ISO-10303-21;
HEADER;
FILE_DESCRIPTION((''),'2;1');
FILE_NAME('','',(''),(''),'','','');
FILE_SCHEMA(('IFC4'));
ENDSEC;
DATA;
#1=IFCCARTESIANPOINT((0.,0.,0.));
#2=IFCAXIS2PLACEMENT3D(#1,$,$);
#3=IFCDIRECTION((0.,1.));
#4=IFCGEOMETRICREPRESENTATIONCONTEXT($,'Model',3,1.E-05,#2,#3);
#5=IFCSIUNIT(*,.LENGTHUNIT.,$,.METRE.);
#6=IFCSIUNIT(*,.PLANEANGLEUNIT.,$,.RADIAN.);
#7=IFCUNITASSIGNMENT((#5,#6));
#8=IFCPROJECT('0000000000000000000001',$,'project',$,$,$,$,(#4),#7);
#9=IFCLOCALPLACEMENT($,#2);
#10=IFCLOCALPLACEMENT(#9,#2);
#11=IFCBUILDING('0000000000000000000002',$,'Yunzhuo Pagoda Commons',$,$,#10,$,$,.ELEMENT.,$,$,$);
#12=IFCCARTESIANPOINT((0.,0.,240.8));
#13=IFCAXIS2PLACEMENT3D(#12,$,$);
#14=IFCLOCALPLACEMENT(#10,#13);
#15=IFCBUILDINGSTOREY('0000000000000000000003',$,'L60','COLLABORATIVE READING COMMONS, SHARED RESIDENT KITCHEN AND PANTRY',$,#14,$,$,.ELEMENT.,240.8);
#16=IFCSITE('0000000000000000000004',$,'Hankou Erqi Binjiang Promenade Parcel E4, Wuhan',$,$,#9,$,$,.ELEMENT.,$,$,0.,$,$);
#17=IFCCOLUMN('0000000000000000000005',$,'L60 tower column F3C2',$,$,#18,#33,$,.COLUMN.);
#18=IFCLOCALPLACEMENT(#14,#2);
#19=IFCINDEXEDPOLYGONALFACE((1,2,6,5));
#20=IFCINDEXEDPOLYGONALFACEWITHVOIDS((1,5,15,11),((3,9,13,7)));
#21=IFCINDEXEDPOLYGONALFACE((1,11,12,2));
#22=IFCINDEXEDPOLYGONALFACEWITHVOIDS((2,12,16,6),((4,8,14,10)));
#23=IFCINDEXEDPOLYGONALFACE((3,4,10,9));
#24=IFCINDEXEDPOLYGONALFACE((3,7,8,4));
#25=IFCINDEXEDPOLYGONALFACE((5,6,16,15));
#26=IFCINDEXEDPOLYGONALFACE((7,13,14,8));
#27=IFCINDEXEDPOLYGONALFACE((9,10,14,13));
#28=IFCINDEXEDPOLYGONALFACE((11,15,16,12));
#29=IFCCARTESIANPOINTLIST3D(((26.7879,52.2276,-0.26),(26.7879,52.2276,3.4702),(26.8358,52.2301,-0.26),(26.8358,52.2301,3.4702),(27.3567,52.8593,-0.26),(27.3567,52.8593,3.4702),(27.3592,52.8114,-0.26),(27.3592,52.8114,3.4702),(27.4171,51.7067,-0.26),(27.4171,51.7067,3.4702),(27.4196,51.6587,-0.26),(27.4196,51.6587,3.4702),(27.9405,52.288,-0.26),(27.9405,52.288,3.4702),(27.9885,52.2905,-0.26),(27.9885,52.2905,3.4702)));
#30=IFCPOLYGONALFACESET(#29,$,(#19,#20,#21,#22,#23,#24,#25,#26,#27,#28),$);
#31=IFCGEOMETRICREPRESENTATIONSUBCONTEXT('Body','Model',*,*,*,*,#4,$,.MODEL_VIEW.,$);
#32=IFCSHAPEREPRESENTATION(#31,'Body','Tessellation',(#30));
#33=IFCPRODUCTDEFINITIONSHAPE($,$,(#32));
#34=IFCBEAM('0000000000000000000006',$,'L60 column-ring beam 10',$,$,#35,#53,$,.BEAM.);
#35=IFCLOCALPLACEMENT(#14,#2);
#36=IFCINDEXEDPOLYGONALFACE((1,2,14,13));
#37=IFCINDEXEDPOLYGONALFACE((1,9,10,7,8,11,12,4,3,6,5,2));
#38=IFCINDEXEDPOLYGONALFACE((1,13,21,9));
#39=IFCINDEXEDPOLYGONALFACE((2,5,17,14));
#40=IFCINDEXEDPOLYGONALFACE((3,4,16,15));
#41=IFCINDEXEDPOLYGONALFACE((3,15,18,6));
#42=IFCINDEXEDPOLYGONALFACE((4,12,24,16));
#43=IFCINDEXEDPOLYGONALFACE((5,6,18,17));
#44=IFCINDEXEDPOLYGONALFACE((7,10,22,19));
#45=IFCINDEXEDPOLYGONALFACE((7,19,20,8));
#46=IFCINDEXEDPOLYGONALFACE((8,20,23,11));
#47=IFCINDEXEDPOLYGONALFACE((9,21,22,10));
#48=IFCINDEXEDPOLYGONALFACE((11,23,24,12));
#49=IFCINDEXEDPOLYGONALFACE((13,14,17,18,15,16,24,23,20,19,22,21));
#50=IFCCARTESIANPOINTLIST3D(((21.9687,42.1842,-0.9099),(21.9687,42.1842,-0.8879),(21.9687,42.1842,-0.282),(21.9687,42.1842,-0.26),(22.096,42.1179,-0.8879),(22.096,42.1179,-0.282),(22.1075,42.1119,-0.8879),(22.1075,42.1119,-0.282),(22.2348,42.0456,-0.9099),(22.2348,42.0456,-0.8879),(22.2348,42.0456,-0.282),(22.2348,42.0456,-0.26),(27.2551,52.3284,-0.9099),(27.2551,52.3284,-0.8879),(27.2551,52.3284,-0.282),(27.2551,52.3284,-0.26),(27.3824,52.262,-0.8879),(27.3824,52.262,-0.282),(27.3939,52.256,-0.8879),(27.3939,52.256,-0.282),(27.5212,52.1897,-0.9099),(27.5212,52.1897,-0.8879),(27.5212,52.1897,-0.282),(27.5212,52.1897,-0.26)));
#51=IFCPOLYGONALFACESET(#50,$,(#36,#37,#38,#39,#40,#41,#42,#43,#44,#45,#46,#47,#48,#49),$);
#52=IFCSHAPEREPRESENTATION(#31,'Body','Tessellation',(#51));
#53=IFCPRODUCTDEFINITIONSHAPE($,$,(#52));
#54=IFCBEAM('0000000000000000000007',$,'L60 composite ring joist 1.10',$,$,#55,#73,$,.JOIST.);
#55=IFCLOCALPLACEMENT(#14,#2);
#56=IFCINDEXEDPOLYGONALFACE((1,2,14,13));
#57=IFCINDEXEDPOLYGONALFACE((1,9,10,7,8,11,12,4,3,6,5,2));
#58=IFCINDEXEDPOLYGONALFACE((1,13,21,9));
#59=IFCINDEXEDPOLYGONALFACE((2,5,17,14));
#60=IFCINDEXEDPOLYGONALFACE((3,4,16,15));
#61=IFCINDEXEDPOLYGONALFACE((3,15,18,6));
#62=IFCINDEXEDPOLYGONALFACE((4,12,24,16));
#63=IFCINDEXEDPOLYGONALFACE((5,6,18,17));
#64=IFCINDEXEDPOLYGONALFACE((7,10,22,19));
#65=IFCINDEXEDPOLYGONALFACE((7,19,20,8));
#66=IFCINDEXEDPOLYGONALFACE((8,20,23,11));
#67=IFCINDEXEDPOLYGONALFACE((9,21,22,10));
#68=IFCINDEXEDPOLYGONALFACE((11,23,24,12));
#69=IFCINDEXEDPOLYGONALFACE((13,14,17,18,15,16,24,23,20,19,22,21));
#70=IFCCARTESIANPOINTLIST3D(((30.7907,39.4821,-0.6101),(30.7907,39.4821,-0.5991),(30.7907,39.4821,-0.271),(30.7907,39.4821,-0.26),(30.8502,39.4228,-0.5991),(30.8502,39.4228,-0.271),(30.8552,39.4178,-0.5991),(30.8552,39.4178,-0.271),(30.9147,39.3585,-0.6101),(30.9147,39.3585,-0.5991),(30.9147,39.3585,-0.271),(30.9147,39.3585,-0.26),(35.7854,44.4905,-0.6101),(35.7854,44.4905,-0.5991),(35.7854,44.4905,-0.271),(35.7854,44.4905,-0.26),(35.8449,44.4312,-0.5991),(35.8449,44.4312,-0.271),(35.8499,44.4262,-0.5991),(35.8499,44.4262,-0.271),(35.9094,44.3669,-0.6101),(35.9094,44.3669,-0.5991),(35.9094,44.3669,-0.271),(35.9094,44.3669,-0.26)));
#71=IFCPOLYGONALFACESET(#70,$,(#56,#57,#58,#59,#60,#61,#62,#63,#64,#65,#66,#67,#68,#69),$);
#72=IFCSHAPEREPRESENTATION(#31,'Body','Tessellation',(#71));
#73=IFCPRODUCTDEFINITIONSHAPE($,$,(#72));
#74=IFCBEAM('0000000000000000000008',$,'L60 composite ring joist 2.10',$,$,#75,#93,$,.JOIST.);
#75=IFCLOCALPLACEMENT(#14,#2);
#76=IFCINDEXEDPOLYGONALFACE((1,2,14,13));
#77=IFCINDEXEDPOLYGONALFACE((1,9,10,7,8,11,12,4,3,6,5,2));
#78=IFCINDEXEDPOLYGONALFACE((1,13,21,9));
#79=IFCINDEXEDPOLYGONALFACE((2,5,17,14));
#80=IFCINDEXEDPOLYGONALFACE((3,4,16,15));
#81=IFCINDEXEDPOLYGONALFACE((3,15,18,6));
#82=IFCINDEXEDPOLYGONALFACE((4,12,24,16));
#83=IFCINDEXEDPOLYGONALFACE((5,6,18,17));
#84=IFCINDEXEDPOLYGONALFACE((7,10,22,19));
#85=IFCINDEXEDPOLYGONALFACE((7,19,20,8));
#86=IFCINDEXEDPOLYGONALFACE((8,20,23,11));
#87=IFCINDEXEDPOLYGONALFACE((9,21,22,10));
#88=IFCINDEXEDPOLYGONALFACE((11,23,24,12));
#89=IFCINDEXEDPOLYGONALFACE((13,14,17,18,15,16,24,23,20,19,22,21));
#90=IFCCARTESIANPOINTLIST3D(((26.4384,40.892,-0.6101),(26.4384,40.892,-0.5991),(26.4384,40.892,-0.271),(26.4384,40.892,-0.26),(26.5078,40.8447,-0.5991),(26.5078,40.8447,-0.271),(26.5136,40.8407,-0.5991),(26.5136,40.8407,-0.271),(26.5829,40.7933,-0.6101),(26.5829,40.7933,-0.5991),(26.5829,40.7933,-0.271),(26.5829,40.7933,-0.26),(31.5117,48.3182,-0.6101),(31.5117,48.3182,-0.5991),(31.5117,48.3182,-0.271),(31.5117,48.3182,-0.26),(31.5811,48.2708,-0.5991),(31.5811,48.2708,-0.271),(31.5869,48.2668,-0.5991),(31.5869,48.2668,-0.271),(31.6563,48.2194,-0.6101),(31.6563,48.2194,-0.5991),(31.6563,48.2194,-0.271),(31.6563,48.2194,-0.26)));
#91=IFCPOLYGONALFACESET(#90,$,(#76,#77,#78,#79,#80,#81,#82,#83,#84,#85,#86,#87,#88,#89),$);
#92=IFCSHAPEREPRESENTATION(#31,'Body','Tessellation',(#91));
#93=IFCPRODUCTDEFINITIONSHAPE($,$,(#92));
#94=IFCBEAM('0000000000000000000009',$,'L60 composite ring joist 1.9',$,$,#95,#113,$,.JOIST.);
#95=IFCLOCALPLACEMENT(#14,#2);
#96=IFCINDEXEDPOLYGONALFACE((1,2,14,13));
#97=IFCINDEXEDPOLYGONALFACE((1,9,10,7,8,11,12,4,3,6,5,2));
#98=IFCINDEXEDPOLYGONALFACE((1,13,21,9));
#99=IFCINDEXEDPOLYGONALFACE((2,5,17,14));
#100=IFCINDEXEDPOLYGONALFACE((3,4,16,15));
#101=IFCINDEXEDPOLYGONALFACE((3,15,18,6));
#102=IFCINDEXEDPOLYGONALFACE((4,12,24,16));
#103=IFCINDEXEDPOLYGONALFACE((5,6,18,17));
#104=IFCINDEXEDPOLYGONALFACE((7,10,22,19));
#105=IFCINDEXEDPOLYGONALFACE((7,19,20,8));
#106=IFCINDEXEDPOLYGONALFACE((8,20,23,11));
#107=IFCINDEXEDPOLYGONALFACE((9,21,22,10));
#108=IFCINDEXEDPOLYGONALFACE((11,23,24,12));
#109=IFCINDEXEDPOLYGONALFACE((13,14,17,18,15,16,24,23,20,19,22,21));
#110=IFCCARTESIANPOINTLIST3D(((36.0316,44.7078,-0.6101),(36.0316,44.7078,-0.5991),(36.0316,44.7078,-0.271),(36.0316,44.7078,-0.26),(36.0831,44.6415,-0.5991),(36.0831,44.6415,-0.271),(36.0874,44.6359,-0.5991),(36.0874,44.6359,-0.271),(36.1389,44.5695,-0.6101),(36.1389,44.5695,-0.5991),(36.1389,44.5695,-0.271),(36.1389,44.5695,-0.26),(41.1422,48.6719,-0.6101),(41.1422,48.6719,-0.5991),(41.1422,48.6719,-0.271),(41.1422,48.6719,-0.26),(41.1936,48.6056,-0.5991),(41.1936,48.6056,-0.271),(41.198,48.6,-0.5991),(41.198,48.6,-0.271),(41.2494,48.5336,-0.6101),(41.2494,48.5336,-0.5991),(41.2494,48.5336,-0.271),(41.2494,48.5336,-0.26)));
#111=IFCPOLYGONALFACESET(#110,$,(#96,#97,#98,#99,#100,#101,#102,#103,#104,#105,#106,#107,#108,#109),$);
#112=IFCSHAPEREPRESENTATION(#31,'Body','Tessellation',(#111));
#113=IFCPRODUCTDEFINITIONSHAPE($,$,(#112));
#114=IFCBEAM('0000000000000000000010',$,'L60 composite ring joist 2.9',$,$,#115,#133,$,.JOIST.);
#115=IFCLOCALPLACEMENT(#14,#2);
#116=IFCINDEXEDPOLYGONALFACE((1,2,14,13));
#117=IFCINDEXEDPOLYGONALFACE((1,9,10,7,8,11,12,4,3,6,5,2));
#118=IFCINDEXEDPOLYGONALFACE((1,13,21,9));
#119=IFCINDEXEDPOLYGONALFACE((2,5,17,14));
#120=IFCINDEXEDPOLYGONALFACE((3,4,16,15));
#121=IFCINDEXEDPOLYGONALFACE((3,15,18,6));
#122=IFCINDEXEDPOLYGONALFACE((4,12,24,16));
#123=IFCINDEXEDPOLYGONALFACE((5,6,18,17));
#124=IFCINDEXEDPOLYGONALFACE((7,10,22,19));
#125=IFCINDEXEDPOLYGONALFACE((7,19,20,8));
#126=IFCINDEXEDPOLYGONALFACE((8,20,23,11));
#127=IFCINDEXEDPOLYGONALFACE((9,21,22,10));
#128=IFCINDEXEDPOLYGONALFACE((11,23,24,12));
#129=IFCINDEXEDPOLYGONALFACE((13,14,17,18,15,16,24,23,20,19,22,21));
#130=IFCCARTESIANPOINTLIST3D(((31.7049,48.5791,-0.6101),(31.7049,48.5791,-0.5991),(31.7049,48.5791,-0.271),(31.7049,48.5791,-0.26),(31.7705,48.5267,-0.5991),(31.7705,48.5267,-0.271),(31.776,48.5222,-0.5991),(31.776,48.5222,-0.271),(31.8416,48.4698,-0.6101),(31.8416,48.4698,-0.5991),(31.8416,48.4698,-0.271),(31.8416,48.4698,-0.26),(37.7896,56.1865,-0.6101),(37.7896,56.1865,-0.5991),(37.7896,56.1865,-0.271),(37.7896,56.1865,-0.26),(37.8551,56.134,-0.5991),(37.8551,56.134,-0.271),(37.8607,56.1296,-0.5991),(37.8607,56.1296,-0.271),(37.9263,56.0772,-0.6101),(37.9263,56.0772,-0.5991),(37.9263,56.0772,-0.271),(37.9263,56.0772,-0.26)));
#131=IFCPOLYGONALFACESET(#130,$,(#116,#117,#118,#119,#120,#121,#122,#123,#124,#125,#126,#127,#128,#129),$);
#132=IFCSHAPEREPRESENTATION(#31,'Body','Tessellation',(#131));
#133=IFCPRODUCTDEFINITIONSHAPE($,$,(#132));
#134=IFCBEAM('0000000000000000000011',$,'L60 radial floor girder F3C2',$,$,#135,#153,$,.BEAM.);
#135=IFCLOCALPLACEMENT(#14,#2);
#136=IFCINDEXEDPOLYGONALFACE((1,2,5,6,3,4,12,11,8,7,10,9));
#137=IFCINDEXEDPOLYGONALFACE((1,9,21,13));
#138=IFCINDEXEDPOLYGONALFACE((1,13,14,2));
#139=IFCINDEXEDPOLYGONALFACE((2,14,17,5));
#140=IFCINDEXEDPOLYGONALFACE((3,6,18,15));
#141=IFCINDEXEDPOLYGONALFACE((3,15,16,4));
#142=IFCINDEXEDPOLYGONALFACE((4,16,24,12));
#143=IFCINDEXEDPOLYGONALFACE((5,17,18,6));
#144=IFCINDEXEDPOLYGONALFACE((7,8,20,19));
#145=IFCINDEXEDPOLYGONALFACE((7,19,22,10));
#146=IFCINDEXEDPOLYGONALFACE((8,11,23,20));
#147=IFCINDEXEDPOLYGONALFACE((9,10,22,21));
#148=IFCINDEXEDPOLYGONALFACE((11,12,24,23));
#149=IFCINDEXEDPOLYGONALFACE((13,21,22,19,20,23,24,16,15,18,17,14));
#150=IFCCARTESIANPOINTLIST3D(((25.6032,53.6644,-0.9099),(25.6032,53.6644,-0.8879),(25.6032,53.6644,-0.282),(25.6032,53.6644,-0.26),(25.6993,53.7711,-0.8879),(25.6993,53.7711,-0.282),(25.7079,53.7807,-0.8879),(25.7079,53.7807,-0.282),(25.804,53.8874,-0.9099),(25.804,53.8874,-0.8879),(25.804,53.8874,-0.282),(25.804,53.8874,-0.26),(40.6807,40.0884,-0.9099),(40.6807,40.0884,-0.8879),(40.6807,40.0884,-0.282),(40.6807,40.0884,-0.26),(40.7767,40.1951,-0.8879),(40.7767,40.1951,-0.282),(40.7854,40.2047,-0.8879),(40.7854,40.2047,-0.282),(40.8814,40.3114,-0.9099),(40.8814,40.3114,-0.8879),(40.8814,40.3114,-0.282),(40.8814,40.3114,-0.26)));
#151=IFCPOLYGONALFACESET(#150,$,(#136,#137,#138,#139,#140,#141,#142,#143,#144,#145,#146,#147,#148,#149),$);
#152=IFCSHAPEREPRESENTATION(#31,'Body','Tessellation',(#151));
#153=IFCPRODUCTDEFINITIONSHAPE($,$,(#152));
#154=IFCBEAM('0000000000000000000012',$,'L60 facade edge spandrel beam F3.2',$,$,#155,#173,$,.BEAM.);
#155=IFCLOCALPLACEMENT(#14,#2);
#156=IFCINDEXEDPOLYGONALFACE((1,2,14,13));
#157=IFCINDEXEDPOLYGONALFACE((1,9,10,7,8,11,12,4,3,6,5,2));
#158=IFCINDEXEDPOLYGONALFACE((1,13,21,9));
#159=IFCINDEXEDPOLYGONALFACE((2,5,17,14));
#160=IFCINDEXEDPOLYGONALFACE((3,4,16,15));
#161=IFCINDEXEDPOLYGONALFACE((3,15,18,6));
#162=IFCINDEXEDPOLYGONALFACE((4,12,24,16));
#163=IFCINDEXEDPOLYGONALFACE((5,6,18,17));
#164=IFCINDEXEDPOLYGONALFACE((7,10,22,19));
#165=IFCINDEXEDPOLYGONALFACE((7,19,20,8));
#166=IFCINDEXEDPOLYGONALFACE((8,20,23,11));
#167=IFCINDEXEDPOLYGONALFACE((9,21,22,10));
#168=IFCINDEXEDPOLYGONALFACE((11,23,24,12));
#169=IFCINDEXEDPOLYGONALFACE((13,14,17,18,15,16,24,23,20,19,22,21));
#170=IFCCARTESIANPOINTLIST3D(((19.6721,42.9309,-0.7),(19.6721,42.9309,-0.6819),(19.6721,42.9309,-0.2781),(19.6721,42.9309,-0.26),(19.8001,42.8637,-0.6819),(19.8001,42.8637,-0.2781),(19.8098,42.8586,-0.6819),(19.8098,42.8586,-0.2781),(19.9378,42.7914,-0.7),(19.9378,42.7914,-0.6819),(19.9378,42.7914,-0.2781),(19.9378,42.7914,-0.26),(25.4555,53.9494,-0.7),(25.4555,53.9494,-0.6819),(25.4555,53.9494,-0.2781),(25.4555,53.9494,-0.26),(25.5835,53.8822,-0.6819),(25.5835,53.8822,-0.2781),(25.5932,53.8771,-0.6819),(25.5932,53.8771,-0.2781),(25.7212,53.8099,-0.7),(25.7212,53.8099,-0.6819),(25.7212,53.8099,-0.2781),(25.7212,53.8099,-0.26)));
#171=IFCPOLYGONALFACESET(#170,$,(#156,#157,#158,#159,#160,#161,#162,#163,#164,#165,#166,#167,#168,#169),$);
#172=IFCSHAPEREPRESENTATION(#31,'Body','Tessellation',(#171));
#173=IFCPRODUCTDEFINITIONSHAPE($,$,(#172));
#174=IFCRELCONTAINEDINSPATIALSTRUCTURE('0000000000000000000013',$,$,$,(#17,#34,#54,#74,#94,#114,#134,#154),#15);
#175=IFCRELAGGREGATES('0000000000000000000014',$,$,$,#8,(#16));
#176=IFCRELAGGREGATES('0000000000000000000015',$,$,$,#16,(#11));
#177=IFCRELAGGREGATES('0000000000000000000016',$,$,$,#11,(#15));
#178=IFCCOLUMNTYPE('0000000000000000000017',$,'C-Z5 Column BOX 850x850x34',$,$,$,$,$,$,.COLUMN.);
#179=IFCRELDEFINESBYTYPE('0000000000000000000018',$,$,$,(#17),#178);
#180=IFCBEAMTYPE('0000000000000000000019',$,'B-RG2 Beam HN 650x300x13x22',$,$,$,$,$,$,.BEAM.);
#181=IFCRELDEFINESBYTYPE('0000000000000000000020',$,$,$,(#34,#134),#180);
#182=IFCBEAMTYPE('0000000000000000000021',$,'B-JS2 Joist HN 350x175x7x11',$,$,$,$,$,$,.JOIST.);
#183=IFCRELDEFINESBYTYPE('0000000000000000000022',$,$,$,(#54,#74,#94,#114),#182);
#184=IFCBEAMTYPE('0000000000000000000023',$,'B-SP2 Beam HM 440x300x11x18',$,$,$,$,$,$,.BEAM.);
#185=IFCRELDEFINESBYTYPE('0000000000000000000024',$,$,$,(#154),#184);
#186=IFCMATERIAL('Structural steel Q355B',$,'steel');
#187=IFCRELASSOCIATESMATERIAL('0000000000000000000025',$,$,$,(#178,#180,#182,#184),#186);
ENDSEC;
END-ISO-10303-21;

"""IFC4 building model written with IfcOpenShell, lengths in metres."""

from ifc_helpers import new_model, si_unit, direction, frame, origin, origin_2d, place, context, subcontext, project, spatial, hollow_rectangle, i_section, extrude, source, transform, mapped, material, material_profile, profile_set, type_object, element, save


model = new_model("IFC4")

# Units and contexts
model_context = context("Model", 3, precision=1e-05, world=origin(), true_north=direction((0.0, 1.0)))
body_context = subcontext(model_context, "Body", "Model", "MODEL_VIEW")
ifc_project = project(units=[si_unit("LENGTHUNIT", "METRE"), si_unit("PLANEANGLEUNIT", "RADIAN")], contexts=[model_context])

# Site, building, storey
site_placement = place(None, origin())
site = spatial("IfcSite", under=ifc_project, at=site_placement, Name="Hankou Erqi Binjiang Promenade Parcel E4, Wuhan", CompositionType="ELEMENT", RefElevation=0.0)
building_placement = place(site_placement, origin())
building = spatial("IfcBuilding", under=site, at=building_placement, Name="Yunzhuo Pagoda Commons", CompositionType="ELEMENT")
storey_placement = place(building_placement, frame((0.0, 0.0, 240.8)))
storey = spatial("IfcBuildingStorey", under=building, at=storey_placement, Name="L60", Description="COLLABORATIVE READING COMMONS, SHARED RESIDENT KITCHEN AND PANTRY", CompositionType="ELEMENT", Elevation=240.8)

# Column
ifc_material_1 = material(Name="Structural steel Q355B", Category="steel")
ifc_material_profile_1 = material_profile(ifc_material_1, hollow_rectangle(XDim=0.8501, YDim=0.8501, WallThickness=0.0339, at=origin_2d()), Name="Structural steel Q355B")
ifc_profile_set_1 = profile_set([ifc_material_profile_1], Name="Structural steel Q355B")
column_type = type_object("IfcColumnType", Name="C-Z5 Column BOX 850x850x34", PredefinedType="COLUMN", material=ifc_profile_set_1)
shared_shape_1 = source(origin(), body_context, "Body", "SweptSolid", [
    extrude(hollow_rectangle(XDim=0.8501, YDim=0.8501, WallThickness=0.0339, at=origin_2d()), origin(), (0.0, 0.0, 1.0), 3.7302),
])
column_placement = place(storey_placement, frame((27.3882, 52.259, -0.26), z_axis=(0.0, 0.0, 1.0), x_axis=(-0.669131, -0.743145, 0.0)))
element("IfcColumn", 1, at=column_placement, inside=storey, type_object=column_type, Name="L60 tower column F3C2", PredefinedType="COLUMN", context=body_context, shape_type="MappedRepresentation", body=[
    mapped(shared_shape_1, transform((0.0, 0.0, 0.0), scale=1.0)),
])

# Beams
ifc_material_profile_2 = material_profile(ifc_material_1, i_section(OverallWidth=0.3, OverallDepth=0.6499, WebThickness=0.0129, FlangeThickness=0.022, at=origin_2d()), Name="Structural steel Q355B")
ifc_profile_set_2 = profile_set([ifc_material_profile_2], Name="Structural steel Q355B")
beam_type_1 = type_object("IfcBeamType", Name="B-RG2 Beam HN 650x300x13x22", PredefinedType="BEAM", material=ifc_profile_set_2)
shared_shape_2 = source(origin(), body_context, "Body", "SweptSolid", [
    extrude(i_section(OverallWidth=0.3, OverallDepth=0.6499, WebThickness=0.0129, FlangeThickness=0.022, at=origin_2d()), origin(), (0.0, 0.0, 1.0), 11.439),
])
beam_1_placement = place(storey_placement, frame((27.3882, 52.259, -0.585), z_axis=(-0.462142, -0.886806, 0.0), x_axis=(0.886806, -0.462142, 0.0)))
element("IfcBeam", 2, at=beam_1_placement, inside=storey, type_object=beam_type_1, Name="L60 column-ring beam 10", PredefinedType="BEAM", context=body_context, shape_type="MappedRepresentation", body=[
    mapped(shared_shape_2, transform((0.0, 0.0, 0.0), scale=1.0)),
])
ifc_material_profile_3 = material_profile(ifc_material_1, i_section(OverallWidth=0.175, OverallDepth=0.3501, WebThickness=0.0071, FlangeThickness=0.011, at=origin_2d()), Name="Structural steel Q355B")
ifc_profile_set_3 = profile_set([ifc_material_profile_3], Name="Structural steel Q355B")
beam_type_2 = type_object("IfcBeamType", Name="B-JS2 Joist HN 350x175x7x11", PredefinedType="JOIST", material=ifc_profile_set_3)
shared_shape_3 = source(origin(), body_context, "Body", "SweptSolid", [
    extrude(i_section(OverallWidth=0.175, OverallDepth=0.3501, WebThickness=0.0071, FlangeThickness=0.011, at=origin_2d()), origin(), (0.0, 0.0, 1.0), 7.0732),
])
beam_2_placement = place(storey_placement, frame((35.8474, 44.4287, -0.4351), z_axis=(-0.70614, -0.708073, 0.0), x_axis=(0.708073, -0.70614, 0.0)))
element("IfcBeam", 3, at=beam_2_placement, inside=storey, type_object=beam_type_2, Name="L60 composite ring joist 1.10", PredefinedType="JOIST", context=body_context, shape_type="MappedRepresentation", body=[
    mapped(shared_shape_3, transform((0.0, 0.0, 0.0), scale=1.0)),
])
shared_shape_4 = source(origin(), body_context, "Body", "SweptSolid", [
    extrude(i_section(OverallWidth=0.175, OverallDepth=0.3501, WebThickness=0.0071, FlangeThickness=0.011, at=origin_2d()), origin(), (0.0, 0.0, 1.0), 8.9937),
])
beam_3_placement = place(storey_placement, frame((31.584, 48.2688, -0.4351), z_axis=(-0.564099, -0.825707, 0.0), x_axis=(0.825707, -0.564099, 0.0)))
element("IfcBeam", 4, at=beam_3_placement, inside=storey, type_object=beam_type_2, Name="L60 composite ring joist 2.10", PredefinedType="JOIST", context=body_context, shape_type="MappedRepresentation", body=[
    mapped(shared_shape_4, transform((0.0, 0.0, 0.0), scale=1.0)),
])
shared_shape_5 = source(origin(), body_context, "Body", "SweptSolid", [
    extrude(i_section(OverallWidth=0.175, OverallDepth=0.3501, WebThickness=0.0071, FlangeThickness=0.011, at=origin_2d()), origin(), (0.0, 0.0, 1.0), 6.4678),
])
beam_4_placement = place(storey_placement, frame((41.1958, 48.6028, -0.4351), z_axis=(-0.79016, -0.6129, 0.0), x_axis=(0.6129, -0.79016, 0.0)))
element("IfcBeam", 5, at=beam_4_placement, inside=storey, type_object=beam_type_2, Name="L60 composite ring joist 1.9", PredefinedType="JOIST", context=body_context, shape_type="MappedRepresentation", body=[
    mapped(shared_shape_5, transform((0.0, 0.0, 0.0), scale=1.0)),
])
shared_shape_6 = source(origin(), body_context, "Body", "SweptSolid", [
    extrude(i_section(OverallWidth=0.175, OverallDepth=0.3501, WebThickness=0.0071, FlangeThickness=0.011, at=origin_2d()), origin(), (0.0, 0.0, 1.0), 9.7415),
])
beam_5_placement = place(storey_placement, frame((37.8579, 56.1318, -0.4351), z_axis=(-0.624619, -0.78093, 0.0), x_axis=(0.78093, -0.624619, 0.0)))
element("IfcBeam", 6, at=beam_5_placement, inside=storey, type_object=beam_type_2, Name="L60 composite ring joist 2.9", PredefinedType="JOIST", context=body_context, shape_type="MappedRepresentation", body=[
    mapped(shared_shape_6, transform((0.0, 0.0, 0.0), scale=1.0)),
])
shared_shape_7 = source(origin(), body_context, "Body", "SweptSolid", [
    extrude(i_section(OverallWidth=0.3, OverallDepth=0.6499, WebThickness=0.0129, FlangeThickness=0.022, at=origin_2d()), origin(), (0.0, 0.0, 1.0), 20.2888),
])
beam_6_placement = place(storey_placement, frame((25.7036, 53.7759, -0.585), z_axis=(0.74314, -0.669136, 0.0), x_axis=(0.669136, 0.74314, 0.0)))
element("IfcBeam", 7, at=beam_6_placement, inside=storey, type_object=beam_type_1, Name="L60 radial floor girder F3C2", PredefinedType="BEAM", context=body_context, shape_type="MappedRepresentation", body=[
    mapped(shared_shape_7, transform((0.0, 0.0, 0.0), scale=1.0)),
])
ifc_material_profile_4 = material_profile(ifc_material_1, i_section(OverallWidth=0.3, OverallDepth=0.4399, WebThickness=0.011, FlangeThickness=0.0181, at=origin_2d()), Name="Structural steel Q355B")
ifc_profile_set_4 = profile_set([ifc_material_profile_4], Name="Structural steel Q355B")
beam_type_3 = type_object("IfcBeamType", Name="B-SP2 Beam HM 440x300x11x18", PredefinedType="BEAM", material=ifc_profile_set_4)
shared_shape_8 = source(origin(), body_context, "Body", "SweptSolid", [
    extrude(i_section(OverallWidth=0.3, OverallDepth=0.4399, WebThickness=0.011, FlangeThickness=0.0181, at=origin_2d()), origin(), (0.0, 0.0, 1.0), 12.4441),
])
beam_7_placement = place(storey_placement, frame((25.5884, 53.8796, -0.48), z_axis=(-0.464752, -0.885441, 0.0), x_axis=(0.885441, -0.464752, 0.0)))
element("IfcBeam", 8, at=beam_7_placement, inside=storey, type_object=beam_type_3, Name="L60 facade edge spandrel beam F3.2", PredefinedType="BEAM", context=body_context, shape_type="MappedRepresentation", body=[
    mapped(shared_shape_8, transform((0.0, 0.0, 0.0), scale=1.0)),
])

save(model, "model.ifc")
